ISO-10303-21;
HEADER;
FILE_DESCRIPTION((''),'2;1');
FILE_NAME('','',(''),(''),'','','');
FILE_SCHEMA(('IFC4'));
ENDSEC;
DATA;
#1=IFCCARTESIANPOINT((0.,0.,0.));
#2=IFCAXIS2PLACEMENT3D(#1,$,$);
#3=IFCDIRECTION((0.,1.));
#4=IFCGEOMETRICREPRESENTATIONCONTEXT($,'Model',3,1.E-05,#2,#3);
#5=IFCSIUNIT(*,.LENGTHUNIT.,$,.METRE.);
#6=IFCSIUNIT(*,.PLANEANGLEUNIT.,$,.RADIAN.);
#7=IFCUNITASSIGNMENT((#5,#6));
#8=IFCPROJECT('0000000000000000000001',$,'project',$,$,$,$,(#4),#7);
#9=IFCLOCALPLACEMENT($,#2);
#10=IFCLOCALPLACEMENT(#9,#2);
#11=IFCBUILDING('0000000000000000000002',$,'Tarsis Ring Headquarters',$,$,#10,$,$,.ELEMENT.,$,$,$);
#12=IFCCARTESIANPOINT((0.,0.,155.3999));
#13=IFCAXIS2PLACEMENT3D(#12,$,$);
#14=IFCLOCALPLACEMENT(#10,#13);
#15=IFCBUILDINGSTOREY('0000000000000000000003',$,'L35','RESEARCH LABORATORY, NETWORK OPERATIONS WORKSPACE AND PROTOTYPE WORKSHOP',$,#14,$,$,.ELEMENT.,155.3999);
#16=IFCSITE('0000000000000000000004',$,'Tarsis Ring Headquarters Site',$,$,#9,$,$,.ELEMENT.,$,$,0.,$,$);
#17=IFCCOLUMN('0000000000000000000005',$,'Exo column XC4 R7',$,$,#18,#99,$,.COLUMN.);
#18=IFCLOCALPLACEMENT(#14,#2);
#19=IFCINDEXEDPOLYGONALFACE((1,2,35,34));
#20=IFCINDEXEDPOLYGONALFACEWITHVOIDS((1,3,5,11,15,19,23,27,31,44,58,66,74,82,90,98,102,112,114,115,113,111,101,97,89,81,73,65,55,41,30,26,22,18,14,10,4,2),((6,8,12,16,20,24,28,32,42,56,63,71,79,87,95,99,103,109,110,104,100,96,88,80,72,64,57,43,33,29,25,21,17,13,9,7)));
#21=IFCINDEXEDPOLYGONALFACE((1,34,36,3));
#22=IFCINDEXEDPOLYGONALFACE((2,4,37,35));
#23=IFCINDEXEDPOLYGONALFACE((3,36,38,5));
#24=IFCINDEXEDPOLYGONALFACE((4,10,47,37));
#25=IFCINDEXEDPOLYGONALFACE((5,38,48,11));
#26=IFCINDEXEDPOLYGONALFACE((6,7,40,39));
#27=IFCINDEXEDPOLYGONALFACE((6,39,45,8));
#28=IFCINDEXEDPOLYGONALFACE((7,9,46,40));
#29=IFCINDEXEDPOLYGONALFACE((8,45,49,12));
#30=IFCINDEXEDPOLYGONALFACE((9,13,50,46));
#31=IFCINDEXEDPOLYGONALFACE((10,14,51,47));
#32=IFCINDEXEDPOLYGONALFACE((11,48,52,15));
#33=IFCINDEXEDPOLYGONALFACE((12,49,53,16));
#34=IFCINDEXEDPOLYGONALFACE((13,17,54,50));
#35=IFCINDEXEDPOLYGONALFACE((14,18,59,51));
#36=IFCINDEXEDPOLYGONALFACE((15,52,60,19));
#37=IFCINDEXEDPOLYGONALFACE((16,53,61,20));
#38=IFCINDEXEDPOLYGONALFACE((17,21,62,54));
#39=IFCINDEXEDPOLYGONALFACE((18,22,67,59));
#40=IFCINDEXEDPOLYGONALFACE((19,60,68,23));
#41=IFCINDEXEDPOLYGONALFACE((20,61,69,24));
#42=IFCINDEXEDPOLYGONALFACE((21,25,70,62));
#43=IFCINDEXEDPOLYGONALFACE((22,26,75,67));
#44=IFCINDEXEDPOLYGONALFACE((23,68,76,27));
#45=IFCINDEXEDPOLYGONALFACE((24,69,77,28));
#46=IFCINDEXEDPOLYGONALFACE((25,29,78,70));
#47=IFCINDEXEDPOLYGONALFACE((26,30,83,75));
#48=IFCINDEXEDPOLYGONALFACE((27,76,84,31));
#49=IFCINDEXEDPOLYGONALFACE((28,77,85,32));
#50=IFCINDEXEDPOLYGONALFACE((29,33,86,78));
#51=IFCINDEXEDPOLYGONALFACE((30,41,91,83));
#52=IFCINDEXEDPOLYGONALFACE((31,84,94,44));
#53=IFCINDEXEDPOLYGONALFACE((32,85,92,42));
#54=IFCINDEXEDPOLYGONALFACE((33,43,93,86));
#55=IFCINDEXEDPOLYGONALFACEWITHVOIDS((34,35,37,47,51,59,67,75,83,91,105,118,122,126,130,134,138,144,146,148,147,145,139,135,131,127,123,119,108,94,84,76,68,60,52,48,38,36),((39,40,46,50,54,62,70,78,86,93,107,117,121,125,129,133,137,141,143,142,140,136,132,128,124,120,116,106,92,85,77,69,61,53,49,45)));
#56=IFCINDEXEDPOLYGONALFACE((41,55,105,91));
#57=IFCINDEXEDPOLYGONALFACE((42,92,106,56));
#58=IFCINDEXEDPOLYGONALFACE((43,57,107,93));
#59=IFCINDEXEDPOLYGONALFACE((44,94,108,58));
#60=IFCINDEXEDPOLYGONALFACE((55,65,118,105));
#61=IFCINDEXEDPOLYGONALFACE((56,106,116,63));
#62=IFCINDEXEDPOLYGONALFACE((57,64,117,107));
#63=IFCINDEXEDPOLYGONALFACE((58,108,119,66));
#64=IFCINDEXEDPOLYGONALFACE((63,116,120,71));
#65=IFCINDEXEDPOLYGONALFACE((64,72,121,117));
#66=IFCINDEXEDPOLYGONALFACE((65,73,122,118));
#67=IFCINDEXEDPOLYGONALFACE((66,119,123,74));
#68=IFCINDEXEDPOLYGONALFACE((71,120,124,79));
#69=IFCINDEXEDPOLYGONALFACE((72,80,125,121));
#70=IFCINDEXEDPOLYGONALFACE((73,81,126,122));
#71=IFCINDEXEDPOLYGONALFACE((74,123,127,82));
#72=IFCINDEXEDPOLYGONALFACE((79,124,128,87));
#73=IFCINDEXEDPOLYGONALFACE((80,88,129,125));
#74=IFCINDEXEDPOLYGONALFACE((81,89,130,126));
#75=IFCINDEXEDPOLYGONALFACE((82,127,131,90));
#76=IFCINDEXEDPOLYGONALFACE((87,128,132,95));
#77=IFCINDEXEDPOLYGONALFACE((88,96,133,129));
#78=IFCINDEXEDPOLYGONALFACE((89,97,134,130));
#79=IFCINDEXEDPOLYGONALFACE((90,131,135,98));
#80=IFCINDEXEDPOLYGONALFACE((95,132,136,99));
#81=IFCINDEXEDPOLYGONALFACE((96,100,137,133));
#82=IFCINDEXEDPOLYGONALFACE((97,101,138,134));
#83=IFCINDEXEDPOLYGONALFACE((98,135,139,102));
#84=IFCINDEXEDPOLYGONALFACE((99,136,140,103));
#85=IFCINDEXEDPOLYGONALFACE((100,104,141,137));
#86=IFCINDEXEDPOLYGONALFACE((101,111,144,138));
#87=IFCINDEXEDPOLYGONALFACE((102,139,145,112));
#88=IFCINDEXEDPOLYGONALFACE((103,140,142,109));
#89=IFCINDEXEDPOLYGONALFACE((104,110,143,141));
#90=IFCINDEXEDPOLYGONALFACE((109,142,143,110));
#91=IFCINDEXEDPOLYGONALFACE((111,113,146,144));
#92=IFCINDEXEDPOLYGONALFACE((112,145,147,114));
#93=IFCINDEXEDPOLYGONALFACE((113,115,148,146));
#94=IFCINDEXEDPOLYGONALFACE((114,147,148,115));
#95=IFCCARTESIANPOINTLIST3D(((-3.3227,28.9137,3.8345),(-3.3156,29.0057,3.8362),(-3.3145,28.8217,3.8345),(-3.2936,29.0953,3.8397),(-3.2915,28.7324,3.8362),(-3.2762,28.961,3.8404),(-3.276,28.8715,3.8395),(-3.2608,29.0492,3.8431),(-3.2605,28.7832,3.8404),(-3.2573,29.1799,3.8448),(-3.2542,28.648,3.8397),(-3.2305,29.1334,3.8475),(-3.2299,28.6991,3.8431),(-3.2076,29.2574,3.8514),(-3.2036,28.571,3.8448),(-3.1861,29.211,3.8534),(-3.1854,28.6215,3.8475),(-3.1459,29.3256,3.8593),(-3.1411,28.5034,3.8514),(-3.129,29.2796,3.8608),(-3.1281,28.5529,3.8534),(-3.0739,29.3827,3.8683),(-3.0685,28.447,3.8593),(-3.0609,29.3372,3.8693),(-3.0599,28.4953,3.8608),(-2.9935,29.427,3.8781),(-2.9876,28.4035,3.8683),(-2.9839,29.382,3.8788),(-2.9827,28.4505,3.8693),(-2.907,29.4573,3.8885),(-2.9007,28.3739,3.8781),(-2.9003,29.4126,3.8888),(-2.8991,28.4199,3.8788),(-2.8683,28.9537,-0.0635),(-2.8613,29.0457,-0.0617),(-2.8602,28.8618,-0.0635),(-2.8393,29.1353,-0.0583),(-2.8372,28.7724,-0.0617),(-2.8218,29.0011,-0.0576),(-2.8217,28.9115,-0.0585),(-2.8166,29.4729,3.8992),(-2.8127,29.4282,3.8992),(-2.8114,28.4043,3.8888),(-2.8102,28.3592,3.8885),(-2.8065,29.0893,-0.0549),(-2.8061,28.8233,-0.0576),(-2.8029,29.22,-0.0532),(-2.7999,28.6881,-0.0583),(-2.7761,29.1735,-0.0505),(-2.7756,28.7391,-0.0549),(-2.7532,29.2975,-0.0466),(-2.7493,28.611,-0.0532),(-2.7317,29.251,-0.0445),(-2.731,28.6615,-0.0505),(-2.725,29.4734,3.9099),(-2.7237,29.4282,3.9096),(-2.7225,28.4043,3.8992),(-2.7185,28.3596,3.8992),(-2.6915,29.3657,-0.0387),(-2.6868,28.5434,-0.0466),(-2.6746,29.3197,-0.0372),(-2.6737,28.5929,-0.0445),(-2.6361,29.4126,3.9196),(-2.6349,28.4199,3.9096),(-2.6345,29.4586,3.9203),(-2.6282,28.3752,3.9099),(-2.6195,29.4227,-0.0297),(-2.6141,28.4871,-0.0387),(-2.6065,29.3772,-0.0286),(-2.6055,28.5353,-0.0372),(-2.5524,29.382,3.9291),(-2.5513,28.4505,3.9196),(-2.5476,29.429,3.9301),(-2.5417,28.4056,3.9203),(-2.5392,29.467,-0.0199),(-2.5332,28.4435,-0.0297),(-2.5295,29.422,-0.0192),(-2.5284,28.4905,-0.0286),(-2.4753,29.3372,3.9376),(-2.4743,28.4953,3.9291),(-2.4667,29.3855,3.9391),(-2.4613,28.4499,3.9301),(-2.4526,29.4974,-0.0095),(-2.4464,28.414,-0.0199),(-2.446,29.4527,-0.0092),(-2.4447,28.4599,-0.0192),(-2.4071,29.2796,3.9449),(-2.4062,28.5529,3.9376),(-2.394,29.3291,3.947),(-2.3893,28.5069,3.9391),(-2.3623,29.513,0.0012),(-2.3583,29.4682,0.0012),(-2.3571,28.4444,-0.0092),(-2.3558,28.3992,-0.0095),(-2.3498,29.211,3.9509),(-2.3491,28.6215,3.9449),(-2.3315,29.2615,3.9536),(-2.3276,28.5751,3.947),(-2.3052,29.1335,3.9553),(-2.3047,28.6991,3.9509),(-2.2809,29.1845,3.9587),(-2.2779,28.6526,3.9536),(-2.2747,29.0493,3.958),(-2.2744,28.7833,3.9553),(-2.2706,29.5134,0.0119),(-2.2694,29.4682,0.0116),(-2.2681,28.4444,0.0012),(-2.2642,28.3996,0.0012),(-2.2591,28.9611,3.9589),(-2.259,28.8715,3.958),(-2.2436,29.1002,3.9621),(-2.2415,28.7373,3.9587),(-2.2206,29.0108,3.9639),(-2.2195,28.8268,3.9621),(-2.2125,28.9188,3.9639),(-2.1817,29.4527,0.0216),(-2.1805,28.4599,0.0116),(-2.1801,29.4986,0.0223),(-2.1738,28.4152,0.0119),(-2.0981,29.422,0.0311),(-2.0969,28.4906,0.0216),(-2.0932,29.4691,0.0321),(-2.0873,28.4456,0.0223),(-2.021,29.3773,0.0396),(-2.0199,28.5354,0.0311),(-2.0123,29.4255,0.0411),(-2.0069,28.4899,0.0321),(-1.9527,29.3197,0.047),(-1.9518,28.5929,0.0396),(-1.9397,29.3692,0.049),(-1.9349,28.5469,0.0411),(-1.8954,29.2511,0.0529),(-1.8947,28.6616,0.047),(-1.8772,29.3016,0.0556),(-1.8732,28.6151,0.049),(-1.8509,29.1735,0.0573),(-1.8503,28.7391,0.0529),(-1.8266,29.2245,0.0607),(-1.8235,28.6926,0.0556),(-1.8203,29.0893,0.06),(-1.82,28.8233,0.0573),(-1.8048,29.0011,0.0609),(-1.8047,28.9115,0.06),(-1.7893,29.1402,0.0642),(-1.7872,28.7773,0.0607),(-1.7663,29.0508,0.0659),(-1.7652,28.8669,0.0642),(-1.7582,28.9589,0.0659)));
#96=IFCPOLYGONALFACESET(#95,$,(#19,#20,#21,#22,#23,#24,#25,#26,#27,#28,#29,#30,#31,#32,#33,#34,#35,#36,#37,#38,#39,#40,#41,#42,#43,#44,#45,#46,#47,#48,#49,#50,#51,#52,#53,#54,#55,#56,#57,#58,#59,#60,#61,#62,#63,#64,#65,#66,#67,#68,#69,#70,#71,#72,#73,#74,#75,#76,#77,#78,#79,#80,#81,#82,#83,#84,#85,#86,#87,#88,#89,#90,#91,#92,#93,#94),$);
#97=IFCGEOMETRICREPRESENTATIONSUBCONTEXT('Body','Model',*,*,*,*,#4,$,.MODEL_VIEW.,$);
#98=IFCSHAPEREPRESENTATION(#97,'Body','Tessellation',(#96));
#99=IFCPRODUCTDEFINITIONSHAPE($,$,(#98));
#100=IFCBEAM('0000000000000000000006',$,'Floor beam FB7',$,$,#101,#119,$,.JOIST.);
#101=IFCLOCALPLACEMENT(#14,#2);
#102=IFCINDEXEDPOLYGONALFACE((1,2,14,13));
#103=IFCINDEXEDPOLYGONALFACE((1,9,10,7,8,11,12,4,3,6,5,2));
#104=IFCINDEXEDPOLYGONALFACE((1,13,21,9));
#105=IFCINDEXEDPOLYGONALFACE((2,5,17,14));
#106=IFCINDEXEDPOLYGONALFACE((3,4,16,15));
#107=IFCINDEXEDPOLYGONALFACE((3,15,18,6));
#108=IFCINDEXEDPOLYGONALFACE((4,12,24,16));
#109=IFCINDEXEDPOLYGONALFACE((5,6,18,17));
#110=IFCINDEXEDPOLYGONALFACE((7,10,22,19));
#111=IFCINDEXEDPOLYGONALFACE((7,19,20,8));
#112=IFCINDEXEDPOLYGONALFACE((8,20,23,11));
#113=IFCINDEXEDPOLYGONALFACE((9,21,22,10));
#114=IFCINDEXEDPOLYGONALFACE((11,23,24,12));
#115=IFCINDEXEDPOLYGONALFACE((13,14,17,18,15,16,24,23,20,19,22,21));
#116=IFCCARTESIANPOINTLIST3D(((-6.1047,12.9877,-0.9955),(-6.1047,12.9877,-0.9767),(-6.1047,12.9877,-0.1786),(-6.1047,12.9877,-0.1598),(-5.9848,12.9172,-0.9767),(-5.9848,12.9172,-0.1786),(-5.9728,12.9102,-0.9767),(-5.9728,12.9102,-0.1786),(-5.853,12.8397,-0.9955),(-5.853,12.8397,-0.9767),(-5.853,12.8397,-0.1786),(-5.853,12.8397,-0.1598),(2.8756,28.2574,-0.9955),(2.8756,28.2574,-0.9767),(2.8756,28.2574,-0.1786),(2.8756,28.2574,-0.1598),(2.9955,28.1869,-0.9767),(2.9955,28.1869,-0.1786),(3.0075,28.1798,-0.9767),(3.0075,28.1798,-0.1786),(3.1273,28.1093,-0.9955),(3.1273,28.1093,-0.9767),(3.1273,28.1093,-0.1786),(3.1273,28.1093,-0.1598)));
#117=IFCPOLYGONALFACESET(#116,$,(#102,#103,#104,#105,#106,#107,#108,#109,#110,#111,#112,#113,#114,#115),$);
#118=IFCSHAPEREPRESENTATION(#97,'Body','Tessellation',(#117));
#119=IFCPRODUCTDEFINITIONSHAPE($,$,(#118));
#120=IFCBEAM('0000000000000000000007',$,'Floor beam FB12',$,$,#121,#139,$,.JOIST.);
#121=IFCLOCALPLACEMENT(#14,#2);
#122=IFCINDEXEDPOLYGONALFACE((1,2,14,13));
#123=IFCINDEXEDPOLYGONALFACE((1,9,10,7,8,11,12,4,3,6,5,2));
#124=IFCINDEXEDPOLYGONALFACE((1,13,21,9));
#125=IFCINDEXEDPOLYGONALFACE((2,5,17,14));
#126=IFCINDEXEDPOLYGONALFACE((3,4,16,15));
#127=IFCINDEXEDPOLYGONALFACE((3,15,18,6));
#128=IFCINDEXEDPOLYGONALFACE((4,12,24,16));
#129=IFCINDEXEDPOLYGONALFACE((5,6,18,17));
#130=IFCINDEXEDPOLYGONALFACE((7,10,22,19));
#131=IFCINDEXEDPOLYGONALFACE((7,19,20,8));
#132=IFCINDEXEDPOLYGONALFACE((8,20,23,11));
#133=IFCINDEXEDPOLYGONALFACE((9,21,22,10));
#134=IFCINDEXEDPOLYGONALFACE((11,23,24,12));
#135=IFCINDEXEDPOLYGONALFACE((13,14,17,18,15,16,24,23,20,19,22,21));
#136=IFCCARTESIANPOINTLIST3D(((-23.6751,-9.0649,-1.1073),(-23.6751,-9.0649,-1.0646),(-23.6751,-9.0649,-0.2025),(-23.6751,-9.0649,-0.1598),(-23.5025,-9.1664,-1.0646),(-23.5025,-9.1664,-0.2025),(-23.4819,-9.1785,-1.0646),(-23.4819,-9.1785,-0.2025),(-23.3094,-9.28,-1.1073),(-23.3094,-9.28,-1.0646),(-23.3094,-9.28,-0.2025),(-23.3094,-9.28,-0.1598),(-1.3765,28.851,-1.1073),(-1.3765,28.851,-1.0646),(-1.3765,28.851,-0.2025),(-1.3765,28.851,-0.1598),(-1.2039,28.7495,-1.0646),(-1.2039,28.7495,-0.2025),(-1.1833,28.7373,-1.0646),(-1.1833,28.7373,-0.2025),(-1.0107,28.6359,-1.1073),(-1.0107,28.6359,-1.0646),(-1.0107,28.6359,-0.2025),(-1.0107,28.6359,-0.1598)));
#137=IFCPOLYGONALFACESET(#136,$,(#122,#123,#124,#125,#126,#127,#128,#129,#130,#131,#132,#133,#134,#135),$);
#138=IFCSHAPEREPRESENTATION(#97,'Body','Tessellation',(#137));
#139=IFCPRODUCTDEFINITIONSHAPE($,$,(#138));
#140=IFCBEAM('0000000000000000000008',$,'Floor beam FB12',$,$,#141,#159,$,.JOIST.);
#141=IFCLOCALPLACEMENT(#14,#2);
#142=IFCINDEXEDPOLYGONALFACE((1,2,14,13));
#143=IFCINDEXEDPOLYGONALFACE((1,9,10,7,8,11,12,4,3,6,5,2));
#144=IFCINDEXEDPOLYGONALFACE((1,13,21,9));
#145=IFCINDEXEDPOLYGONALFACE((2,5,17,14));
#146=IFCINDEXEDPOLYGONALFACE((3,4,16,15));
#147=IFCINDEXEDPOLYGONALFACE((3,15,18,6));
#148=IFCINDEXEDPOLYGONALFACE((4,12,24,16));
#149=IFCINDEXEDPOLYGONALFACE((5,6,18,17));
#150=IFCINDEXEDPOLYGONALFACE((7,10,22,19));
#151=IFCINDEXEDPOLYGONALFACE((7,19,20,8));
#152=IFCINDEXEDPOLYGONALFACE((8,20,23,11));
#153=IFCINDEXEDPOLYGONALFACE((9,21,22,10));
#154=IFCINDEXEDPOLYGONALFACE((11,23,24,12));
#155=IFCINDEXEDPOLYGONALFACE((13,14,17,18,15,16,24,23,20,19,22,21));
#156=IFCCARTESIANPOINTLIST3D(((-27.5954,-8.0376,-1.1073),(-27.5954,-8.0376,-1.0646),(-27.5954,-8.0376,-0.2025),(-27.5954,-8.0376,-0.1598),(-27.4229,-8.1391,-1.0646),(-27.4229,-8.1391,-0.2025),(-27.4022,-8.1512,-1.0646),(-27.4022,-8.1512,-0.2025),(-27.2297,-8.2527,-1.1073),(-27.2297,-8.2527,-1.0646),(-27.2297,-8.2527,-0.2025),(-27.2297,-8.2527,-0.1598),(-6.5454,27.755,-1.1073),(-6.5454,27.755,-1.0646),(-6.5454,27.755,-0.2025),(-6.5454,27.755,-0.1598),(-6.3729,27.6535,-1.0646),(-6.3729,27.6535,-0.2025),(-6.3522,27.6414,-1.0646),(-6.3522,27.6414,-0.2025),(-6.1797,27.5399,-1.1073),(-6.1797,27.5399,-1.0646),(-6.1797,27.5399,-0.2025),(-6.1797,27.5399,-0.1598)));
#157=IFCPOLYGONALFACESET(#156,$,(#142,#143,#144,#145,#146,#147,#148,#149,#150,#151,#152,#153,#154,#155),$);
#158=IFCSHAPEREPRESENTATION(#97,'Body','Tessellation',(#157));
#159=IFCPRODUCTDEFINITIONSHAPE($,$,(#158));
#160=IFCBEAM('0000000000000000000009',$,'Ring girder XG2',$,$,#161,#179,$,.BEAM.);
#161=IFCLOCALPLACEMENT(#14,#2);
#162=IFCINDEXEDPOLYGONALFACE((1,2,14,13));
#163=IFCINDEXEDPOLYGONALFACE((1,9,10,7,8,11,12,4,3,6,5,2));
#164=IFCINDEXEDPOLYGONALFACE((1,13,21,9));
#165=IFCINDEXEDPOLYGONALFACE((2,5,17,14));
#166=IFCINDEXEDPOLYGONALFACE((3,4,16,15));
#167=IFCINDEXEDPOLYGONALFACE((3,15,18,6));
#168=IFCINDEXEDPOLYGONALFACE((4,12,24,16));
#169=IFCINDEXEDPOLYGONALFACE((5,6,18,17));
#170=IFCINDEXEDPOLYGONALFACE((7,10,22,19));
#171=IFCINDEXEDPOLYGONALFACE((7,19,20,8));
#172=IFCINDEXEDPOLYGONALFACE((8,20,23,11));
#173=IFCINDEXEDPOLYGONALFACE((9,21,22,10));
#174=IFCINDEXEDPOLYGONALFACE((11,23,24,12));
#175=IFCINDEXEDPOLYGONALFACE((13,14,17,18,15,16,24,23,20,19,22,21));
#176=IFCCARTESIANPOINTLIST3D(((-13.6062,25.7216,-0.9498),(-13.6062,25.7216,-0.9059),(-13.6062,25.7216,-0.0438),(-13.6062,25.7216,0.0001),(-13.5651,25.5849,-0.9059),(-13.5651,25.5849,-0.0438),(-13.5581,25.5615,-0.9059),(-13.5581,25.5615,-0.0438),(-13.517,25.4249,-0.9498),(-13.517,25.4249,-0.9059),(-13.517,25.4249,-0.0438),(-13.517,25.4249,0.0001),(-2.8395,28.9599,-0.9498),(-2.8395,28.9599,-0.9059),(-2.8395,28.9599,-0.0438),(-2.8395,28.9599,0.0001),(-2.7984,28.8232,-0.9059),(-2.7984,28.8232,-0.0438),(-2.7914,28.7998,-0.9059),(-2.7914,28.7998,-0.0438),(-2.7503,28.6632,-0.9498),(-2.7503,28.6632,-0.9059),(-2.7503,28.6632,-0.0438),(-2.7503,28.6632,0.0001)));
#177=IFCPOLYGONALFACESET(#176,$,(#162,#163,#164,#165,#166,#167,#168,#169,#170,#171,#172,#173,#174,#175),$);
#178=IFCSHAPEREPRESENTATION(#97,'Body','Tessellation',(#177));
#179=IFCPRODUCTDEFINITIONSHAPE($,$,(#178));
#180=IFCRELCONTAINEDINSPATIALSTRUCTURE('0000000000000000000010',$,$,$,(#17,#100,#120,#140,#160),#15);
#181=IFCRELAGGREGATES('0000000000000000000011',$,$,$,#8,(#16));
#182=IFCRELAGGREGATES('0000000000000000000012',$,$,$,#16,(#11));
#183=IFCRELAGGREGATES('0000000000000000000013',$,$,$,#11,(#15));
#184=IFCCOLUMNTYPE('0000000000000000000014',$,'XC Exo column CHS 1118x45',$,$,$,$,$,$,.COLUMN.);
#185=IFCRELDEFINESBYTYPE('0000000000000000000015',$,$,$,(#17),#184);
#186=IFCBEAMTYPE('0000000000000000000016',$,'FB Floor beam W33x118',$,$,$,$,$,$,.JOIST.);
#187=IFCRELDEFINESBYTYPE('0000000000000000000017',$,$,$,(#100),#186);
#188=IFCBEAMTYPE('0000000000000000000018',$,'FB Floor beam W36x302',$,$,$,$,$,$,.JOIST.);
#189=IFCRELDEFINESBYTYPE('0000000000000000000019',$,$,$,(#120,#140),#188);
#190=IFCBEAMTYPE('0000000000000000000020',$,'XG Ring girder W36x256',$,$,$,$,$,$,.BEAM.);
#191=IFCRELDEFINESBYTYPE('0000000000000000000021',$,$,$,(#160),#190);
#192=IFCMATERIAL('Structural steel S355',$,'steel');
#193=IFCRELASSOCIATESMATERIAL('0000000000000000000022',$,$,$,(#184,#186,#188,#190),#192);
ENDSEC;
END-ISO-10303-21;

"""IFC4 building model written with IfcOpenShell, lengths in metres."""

from ifc_helpers import new_model, si_unit, direction, frame, origin, origin_2d, place, context, subcontext, project, spatial, hollow_circle, i_section, extrude, material, material_profile, profile_set, type_object, element, save


model = new_model("IFC4")

# Units and contexts
model_context = context("Model", 3, precision=1e-05, world=origin(), true_north=direction((0.0, 1.0)))
body_context = subcontext(model_context, "Body", "Model", "MODEL_VIEW")
ifc_project = project(units=[si_unit("LENGTHUNIT", "METRE"), si_unit("PLANEANGLEUNIT", "RADIAN")], contexts=[model_context])

# Site, building, storey
site_placement = place(None, origin())
site = spatial("IfcSite", under=ifc_project, at=site_placement, Name="Tarsis Ring Headquarters Site", CompositionType="ELEMENT", RefElevation=0.0)
building_placement = place(site_placement, origin())
building = spatial("IfcBuilding", under=site, at=building_placement, Name="Tarsis Ring Headquarters", CompositionType="ELEMENT")
storey_placement = place(building_placement, frame((0.0, 0.0, 155.3999)))
storey = spatial("IfcBuildingStorey", under=building, at=storey_placement, Name="L35", Description="RESEARCH LABORATORY, NETWORK OPERATIONS WORKSPACE AND PROTOTYPE WORKSHOP", CompositionType="ELEMENT", Elevation=155.3999)

# Column
ifc_material_1 = material(Name="Structural steel S355", Category="steel")
ifc_material_profile_1 = material_profile(ifc_material_1, hollow_circle(Radius=0.5588, WallThickness=0.0449, at=origin_2d()), Name="CHS 1118x45")
ifc_profile_set_1 = profile_set([ifc_material_profile_1], Name="Structural steel S355")
column_type = type_object("IfcColumnType", Name="XC Exo column CHS 1118x45", PredefinedType="COLUMN", material=ifc_profile_set_1)
column_placement = place(storey_placement, frame((-2.3132, 28.9563, 0.0012), z_axis=(-0.11577, -0.010202, 0.993224), x_axis=(0.087784, -0.996139, 0.0)))
element("IfcColumn", 1, at=column_placement, inside=storey, type_object=column_type, Name="Exo column XC4 R7", PredefinedType="COLUMN", context=body_context, shape_type="SweptSolid", body=[
    extrude(hollow_circle(Radius=0.5588, WallThickness=0.0449, at=origin_2d()), origin(), (0.0, 0.0, 1.0), 3.9246),
])

# Beams
ifc_material_profile_2 = material_profile(ifc_material_1, i_section(OverallWidth=0.292, OverallDepth=0.8357, WebThickness=0.0139, FlangeThickness=0.0188, at=origin_2d()), Name="W33x118")
ifc_profile_set_2 = profile_set([ifc_material_profile_2], Name="Structural steel S355")
beam_type_1 = type_object("IfcBeamType", Name="FB Floor beam W33x118", PredefinedType="JOIST", material=ifc_profile_set_2)
beam_1_placement = place(storey_placement, frame((3.0015, 28.1833, -0.5776), z_axis=(-0.506942, -0.86198, 0.0), x_axis=(0.86198, -0.506942, 0.0)))
element("IfcBeam", 2, at=beam_1_placement, inside=storey, type_object=beam_type_1, Name="Floor beam FB7", PredefinedType="JOIST", context=body_context, shape_type="SweptSolid", body=[
    extrude(i_section(OverallWidth=0.292, OverallDepth=0.8357, WebThickness=0.0139, FlangeThickness=0.0188, at=origin_2d()), origin(), (0.0, 0.0, 1.0), 17.7146),
])
ifc_material_profile_3 = material_profile(ifc_material_1, i_section(OverallWidth=0.4243, OverallDepth=0.9475, WebThickness=0.0239, FlangeThickness=0.0427, at=origin_2d()), Name="W36x302")
ifc_profile_set_3 = profile_set([ifc_material_profile_3], Name="Structural steel S355")
beam_type_2 = type_object("IfcBeamType", Name="FB Floor beam W36x302", PredefinedType="JOIST", material=ifc_profile_set_3)
beam_2_placement = place(storey_placement, frame((-1.1936, 28.7434, -0.6335), z_axis=(-0.506939, -0.861982, 0.0), x_axis=(0.861982, -0.506939, 0.0)))
element("IfcBeam", 3, at=beam_2_placement, inside=storey, type_object=beam_type_2, Name="Floor beam FB12", PredefinedType="JOIST", context=body_context, shape_type="SweptSolid", body=[
    extrude(i_section(OverallWidth=0.4243, OverallDepth=0.9475, WebThickness=0.0239, FlangeThickness=0.0427, at=origin_2d()), origin(), (0.0, 0.0, 1.0), 43.9868),
])
beam_3_placement = place(storey_placement, frame((-6.3625, 27.6475, -0.6335), z_axis=(-0.50694, -0.861982, 0.0), x_axis=(0.861982, -0.50694, 0.0)))
element("IfcBeam", 4, at=beam_3_placement, inside=storey, type_object=beam_type_2, Name="Floor beam FB12", PredefinedType="JOIST", context=body_context, shape_type="SweptSolid", body=[
    extrude(i_section(OverallWidth=0.4243, OverallDepth=0.9475, WebThickness=0.0239, FlangeThickness=0.0427, at=origin_2d()), origin(), (0.0, 0.0, 1.0), 41.5237),
])
ifc_material_profile_4 = material_profile(ifc_material_1, i_section(OverallWidth=0.3098, OverallDepth=0.95, WebThickness=0.0244, FlangeThickness=0.0439, at=origin_2d()), Name="W36x256")
ifc_profile_set_4 = profile_set([ifc_material_profile_4], Name="Structural steel S355")
beam_type_3 = type_object("IfcBeamType", Name="XG Ring girder W36x256", PredefinedType="BEAM", material=ifc_profile_set_4)
beam_4_placement = place(storey_placement, frame((-2.7949, 28.8115, -0.4749), z_axis=(-0.957623, -0.288025, 0.0), x_axis=(0.288025, -0.957623, 0.0)))
element("IfcBeam", 5, at=beam_4_placement, inside=storey, type_object=beam_type_3, Name="Ring girder XG2", PredefinedType="BEAM", context=body_context, shape_type="SweptSolid", body=[
    extrude(i_section(OverallWidth=0.3098, OverallDepth=0.95, WebThickness=0.0244, FlangeThickness=0.0439, at=origin_2d()), origin(), (0.0, 0.0, 1.0), 11.2432),
])

save(model, "model.ifc")
